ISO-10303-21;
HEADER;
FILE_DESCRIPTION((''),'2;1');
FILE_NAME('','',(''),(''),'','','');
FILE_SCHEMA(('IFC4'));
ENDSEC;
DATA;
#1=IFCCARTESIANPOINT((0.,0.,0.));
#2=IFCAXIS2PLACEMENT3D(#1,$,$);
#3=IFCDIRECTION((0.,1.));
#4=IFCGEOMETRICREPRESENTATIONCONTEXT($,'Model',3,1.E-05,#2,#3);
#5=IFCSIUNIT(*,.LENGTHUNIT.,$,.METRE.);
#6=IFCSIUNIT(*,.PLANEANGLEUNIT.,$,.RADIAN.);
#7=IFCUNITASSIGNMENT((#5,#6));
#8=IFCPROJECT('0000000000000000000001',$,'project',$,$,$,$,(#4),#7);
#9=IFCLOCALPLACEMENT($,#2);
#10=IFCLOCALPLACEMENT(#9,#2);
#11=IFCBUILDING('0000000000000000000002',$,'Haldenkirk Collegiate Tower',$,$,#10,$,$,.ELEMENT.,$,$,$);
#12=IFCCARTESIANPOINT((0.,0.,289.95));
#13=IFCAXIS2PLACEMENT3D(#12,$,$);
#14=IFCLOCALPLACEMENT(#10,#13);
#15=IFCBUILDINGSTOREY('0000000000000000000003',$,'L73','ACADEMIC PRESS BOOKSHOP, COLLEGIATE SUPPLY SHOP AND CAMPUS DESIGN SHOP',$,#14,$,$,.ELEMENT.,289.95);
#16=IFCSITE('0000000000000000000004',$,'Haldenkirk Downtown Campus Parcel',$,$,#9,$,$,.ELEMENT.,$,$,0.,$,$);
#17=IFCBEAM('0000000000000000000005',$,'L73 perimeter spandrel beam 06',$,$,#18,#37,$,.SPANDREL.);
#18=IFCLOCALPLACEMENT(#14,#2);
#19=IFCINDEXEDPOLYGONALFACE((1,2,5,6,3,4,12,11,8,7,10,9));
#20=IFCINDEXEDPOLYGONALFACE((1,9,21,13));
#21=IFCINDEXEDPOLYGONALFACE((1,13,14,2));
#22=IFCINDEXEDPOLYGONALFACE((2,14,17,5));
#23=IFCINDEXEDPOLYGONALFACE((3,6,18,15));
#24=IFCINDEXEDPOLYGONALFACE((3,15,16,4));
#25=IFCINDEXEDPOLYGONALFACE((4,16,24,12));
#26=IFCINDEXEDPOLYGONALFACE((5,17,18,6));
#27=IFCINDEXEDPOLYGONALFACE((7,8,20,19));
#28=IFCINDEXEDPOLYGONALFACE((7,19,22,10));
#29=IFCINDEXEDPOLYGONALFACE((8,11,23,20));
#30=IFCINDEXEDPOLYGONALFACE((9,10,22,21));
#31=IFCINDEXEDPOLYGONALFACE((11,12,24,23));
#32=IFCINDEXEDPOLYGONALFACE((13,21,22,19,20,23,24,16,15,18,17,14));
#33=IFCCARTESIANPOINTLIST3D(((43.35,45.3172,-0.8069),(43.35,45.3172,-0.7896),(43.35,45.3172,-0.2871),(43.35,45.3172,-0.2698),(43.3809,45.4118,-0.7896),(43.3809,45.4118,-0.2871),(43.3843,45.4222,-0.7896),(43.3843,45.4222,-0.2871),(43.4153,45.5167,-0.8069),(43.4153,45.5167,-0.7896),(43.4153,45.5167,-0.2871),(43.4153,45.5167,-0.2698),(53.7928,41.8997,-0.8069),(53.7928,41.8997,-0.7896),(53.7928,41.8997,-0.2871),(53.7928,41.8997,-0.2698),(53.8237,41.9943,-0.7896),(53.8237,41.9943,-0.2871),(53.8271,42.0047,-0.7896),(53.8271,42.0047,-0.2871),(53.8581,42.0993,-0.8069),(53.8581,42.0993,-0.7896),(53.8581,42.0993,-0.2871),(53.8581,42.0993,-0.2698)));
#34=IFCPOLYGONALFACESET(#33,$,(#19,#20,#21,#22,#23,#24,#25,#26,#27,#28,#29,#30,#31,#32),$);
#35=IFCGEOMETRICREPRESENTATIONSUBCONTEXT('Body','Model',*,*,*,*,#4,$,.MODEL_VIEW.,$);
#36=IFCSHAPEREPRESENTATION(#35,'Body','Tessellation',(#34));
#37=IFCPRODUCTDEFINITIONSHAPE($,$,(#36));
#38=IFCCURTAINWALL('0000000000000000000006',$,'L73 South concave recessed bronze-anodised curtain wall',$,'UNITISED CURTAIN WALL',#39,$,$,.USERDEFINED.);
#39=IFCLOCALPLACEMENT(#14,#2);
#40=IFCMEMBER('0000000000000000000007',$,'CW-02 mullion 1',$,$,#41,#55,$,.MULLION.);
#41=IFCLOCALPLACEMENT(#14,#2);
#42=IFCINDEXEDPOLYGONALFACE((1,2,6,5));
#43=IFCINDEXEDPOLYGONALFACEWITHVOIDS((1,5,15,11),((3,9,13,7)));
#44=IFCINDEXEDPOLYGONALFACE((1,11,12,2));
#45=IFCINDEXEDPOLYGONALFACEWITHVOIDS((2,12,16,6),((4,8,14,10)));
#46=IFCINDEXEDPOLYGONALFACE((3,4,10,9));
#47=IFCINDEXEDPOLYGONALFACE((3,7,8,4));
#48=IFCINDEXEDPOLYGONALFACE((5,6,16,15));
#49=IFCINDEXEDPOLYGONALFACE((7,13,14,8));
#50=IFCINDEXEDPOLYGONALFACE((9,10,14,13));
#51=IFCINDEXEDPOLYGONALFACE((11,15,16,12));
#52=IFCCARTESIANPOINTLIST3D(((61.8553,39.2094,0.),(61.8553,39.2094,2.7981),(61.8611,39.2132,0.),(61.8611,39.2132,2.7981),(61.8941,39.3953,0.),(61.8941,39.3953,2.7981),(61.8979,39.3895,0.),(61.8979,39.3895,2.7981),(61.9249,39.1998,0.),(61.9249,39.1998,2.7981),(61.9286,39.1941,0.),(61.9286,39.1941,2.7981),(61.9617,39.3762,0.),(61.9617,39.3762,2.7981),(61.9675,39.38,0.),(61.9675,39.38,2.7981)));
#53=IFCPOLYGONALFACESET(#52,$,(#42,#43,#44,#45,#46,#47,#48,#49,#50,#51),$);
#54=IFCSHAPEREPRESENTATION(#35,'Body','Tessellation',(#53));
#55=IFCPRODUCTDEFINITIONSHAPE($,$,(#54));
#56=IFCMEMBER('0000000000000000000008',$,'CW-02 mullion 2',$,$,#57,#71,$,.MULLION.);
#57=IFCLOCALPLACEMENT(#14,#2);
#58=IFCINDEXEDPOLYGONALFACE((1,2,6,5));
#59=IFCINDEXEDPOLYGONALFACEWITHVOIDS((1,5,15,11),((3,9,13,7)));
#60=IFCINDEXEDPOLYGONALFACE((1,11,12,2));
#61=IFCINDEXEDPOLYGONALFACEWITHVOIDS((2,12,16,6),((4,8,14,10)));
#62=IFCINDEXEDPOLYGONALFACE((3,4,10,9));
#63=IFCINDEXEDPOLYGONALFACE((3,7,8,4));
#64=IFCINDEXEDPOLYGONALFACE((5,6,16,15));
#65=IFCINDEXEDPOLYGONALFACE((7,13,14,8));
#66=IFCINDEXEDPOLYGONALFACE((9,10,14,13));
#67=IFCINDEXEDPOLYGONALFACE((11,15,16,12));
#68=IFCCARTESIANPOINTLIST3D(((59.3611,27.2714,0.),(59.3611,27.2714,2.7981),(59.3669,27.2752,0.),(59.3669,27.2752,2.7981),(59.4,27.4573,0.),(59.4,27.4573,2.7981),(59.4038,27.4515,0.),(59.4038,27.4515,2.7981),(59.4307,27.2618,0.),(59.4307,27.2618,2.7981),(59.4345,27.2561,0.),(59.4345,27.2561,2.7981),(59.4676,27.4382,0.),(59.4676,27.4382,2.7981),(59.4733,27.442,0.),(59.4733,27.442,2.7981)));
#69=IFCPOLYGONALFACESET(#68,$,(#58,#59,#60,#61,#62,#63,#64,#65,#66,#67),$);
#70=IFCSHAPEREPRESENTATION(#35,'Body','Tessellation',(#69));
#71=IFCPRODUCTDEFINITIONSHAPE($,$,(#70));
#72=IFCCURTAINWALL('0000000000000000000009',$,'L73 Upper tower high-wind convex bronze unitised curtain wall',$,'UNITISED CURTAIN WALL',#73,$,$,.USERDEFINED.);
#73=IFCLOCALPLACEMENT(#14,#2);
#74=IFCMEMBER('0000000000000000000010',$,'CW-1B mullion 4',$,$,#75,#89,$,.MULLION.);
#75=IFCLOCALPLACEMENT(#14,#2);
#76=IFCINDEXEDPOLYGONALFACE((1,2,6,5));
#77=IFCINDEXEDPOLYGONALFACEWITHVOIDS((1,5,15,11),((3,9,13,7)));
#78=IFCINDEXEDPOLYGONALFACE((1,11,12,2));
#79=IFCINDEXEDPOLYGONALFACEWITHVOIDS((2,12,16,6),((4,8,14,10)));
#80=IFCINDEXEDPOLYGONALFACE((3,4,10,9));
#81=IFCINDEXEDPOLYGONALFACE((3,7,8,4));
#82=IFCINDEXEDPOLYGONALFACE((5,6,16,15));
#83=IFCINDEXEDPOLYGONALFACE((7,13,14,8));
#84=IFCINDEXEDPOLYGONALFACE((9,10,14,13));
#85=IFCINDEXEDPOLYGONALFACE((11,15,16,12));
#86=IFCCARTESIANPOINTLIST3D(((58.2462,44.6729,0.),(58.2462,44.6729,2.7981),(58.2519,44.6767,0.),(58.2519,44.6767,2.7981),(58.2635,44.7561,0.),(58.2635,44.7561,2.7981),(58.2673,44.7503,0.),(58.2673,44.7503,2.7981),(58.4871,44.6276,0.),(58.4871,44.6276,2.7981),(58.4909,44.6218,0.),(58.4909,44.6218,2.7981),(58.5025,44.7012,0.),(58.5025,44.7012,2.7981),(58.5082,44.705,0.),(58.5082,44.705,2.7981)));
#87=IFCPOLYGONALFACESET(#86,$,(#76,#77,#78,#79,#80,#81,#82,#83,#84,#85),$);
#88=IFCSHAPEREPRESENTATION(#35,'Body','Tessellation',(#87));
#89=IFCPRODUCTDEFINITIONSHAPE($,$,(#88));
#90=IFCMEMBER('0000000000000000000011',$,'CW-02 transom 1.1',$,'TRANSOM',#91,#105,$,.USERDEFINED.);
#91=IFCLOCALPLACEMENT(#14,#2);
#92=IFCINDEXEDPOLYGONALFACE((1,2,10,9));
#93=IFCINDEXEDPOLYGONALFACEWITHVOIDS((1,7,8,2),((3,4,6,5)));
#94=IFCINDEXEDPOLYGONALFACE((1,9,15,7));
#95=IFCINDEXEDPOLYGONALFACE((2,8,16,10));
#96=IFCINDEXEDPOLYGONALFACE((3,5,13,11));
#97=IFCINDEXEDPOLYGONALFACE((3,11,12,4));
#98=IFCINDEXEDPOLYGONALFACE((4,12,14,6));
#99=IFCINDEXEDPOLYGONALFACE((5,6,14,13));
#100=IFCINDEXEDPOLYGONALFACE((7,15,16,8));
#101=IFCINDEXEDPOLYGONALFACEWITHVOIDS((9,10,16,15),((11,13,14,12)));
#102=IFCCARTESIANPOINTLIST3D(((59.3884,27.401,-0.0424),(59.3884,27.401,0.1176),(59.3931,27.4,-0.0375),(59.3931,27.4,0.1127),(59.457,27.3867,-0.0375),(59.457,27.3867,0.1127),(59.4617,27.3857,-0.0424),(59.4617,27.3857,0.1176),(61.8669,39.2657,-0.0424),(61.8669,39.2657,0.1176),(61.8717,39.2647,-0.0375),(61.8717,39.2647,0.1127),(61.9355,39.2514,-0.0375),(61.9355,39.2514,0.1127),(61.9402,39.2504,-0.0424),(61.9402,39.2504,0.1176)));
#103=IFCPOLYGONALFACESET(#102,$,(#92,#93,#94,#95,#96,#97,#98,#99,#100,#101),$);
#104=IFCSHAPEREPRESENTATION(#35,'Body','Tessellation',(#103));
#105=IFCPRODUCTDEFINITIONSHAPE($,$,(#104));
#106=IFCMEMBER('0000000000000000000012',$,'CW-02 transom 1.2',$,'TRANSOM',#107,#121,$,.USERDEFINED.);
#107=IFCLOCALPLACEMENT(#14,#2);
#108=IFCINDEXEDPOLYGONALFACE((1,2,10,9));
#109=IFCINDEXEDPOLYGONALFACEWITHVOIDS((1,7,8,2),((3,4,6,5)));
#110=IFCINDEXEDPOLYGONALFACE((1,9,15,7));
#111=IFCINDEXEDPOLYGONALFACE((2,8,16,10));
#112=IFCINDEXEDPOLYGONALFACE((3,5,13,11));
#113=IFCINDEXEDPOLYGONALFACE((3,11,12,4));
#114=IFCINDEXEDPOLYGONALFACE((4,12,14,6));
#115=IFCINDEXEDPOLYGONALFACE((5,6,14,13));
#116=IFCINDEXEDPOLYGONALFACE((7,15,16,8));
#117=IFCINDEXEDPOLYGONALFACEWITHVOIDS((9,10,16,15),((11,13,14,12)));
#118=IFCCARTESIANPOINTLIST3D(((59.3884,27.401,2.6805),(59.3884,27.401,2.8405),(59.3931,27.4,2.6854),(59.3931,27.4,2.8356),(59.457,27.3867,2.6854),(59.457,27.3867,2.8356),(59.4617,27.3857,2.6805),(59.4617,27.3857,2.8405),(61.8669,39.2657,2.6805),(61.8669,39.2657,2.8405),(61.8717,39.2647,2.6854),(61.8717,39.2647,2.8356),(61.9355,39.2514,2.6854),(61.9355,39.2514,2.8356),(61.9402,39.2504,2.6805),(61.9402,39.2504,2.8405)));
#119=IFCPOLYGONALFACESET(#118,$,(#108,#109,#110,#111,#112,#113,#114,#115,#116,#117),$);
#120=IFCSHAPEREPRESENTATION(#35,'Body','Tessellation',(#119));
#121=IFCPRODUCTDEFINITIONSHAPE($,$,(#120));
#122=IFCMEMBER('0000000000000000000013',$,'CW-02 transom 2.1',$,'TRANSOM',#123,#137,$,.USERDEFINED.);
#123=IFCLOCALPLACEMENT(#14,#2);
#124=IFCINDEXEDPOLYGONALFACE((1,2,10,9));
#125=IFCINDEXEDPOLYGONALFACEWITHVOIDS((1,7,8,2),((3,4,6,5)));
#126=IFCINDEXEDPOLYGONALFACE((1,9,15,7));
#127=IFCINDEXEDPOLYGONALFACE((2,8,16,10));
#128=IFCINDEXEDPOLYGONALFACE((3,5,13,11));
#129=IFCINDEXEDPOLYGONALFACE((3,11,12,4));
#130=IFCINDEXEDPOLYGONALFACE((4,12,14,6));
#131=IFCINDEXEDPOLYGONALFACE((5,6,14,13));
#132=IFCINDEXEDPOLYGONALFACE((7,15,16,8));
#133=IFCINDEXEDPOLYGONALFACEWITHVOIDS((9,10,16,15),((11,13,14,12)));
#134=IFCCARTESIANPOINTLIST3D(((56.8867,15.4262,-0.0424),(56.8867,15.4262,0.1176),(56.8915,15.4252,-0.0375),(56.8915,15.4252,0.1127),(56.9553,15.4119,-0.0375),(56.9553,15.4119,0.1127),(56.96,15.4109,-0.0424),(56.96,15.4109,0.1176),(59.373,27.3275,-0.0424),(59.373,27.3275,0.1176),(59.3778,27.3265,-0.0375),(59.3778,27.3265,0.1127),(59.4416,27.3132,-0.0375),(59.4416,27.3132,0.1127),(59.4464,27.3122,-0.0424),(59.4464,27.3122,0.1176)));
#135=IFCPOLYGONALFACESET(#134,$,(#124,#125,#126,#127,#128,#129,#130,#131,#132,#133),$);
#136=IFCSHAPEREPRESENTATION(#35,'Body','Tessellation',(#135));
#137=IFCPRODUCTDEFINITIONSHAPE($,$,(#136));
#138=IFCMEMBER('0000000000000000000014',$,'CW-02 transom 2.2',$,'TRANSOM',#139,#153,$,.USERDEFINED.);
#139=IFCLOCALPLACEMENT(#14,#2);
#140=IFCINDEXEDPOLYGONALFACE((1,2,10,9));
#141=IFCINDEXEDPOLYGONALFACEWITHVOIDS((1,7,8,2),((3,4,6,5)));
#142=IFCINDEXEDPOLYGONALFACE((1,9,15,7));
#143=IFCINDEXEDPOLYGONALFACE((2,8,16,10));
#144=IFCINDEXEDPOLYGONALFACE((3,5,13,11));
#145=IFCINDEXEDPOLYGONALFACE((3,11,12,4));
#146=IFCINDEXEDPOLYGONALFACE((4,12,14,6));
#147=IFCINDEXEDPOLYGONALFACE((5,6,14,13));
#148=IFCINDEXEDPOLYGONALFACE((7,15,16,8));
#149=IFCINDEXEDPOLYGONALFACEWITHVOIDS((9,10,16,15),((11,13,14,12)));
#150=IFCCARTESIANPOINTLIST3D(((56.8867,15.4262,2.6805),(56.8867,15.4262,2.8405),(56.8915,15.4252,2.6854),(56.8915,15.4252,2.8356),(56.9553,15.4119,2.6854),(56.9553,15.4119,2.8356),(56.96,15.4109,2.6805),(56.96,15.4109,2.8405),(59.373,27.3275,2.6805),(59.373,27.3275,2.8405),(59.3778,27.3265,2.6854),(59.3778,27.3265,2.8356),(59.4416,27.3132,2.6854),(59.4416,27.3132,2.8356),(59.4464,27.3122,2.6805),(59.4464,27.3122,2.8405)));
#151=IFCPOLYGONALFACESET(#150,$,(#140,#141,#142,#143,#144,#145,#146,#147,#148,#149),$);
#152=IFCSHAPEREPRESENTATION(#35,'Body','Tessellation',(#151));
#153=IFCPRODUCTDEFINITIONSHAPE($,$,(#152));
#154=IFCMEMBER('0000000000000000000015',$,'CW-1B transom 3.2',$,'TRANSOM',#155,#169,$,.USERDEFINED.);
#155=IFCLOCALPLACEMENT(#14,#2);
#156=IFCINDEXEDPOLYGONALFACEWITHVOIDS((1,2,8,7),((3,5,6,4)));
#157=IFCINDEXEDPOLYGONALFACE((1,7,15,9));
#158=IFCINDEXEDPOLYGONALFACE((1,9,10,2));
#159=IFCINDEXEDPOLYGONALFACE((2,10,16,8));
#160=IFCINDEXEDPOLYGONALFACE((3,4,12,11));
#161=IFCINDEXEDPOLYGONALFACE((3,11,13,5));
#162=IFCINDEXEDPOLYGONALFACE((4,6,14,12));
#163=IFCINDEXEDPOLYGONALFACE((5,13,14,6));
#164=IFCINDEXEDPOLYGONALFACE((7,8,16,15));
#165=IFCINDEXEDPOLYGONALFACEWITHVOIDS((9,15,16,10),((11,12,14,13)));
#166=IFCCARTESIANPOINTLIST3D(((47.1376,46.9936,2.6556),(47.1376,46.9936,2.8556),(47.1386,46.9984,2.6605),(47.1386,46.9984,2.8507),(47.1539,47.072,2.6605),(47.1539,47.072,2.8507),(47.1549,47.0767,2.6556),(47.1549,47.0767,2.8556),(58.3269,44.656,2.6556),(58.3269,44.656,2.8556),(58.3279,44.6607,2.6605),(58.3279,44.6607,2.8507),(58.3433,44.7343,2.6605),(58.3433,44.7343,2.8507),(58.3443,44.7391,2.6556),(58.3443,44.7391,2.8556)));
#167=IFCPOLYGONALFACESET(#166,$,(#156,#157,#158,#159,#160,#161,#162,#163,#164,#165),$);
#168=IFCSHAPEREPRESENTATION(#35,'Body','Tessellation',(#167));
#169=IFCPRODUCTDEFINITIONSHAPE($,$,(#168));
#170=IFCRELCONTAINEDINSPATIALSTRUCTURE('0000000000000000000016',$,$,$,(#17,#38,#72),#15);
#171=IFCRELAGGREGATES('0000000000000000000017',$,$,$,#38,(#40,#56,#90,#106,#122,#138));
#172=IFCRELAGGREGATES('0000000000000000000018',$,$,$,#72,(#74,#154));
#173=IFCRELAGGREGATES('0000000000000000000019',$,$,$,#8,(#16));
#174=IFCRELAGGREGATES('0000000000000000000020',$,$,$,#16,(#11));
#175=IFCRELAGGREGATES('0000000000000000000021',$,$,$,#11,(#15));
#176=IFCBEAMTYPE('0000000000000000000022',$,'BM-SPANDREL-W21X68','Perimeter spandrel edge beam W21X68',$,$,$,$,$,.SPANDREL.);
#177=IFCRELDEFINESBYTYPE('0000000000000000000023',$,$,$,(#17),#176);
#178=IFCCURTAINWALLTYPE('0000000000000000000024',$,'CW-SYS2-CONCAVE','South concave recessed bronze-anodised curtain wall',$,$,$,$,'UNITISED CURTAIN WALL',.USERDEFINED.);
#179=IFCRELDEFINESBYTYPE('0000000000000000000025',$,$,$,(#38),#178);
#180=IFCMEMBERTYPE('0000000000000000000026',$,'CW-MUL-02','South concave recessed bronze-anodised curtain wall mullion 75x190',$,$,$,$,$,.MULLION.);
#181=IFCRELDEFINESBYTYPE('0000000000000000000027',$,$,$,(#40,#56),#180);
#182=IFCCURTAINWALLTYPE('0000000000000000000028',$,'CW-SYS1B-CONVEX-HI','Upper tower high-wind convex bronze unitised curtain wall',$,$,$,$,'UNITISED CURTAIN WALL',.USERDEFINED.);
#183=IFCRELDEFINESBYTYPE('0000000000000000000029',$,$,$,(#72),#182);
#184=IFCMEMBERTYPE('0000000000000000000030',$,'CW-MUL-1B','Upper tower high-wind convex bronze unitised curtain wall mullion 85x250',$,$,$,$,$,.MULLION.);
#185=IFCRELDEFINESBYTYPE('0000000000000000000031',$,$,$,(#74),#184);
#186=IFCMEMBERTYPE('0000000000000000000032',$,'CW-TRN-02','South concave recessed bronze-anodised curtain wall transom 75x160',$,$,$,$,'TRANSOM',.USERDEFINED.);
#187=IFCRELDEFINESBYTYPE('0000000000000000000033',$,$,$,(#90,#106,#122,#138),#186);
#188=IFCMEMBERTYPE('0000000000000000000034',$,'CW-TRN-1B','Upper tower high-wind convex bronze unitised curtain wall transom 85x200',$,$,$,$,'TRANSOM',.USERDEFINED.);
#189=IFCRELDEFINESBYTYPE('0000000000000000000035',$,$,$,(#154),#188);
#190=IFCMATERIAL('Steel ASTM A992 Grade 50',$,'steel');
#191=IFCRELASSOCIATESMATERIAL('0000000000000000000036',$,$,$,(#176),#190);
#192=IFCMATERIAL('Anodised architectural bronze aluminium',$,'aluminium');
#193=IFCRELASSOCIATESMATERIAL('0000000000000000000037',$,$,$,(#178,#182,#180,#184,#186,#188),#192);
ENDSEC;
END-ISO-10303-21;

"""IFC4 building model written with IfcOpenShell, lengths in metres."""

from ifc_helpers import new_model, si_unit, direction, frame, origin, origin_2d, place, context, subcontext, project, spatial, hollow_rectangle, i_section, extrude, material, material_profile, profile_set, type_object, element, aggregate, save


model = new_model("IFC4")

# Units and contexts
model_context = context("Model", 3, precision=1e-05, world=origin(), true_north=direction((0.0, 1.0)))
body_context = subcontext(model_context, "Body", "Model", "MODEL_VIEW")
ifc_project = project(units=[si_unit("LENGTHUNIT", "METRE"), si_unit("PLANEANGLEUNIT", "RADIAN")], contexts=[model_context])

# Site, building, storey
site_placement = place(None, origin())
site = spatial("IfcSite", under=ifc_project, at=site_placement, Name="Haldenkirk Downtown Campus Parcel", CompositionType="ELEMENT", RefElevation=0.0)
building_placement = place(site_placement, origin())
building = spatial("IfcBuilding", under=site, at=building_placement, Name="Haldenkirk Collegiate Tower", CompositionType="ELEMENT")
storey_placement = place(building_placement, frame((0.0, 0.0, 289.95)))
storey = spatial("IfcBuildingStorey", under=building, at=storey_placement, Name="L73", Description="ACADEMIC PRESS BOOKSHOP, COLLEGIATE SUPPLY SHOP AND CAMPUS DESIGN SHOP", CompositionType="ELEMENT", Elevation=289.95)

# Beam
ifc_material_1 = material(Name="Steel ASTM A992 Grade 50", Category="steel")
ifc_material_profile_1 = material_profile(ifc_material_1, i_section(OverallWidth=0.21, OverallDepth=0.5371, WebThickness=0.011, FlangeThickness=0.0173, at=origin_2d()), Name="W21X68")
ifc_profile_set_1 = profile_set([ifc_material_profile_1], Name="Steel ASTM A992 Grade 50")
beam_type_1 = type_object("IfcBeamType", Name="BM-SPANDREL-W21X68", Description="Perimeter spandrel edge beam W21X68", PredefinedType="SPANDREL", material=ifc_profile_set_1)
beam_1_placement = place(storey_placement, frame((53.8254, 41.9995, -0.5383), z_axis=(-0.950402, 0.311024, 0.0), x_axis=(-0.311024, -0.950402, 0.0)))
element("IfcBeam", 1, at=beam_1_placement, inside=storey, type_object=beam_type_1, Name="L73 perimeter spandrel beam 06", PredefinedType="SPANDREL", context=body_context, shape_type="SweptSolid", body=[
    extrude(i_section(OverallWidth=0.21, OverallDepth=0.5371, WebThickness=0.011, FlangeThickness=0.0173, at=origin_2d()), origin(), (0.0, 0.0, 1.0), 10.9878),
])

# Curtain wall, members
ifc_material_2 = material(Name="Anodised architectural bronze aluminium", Category="aluminium")
curtain_wall_type_1 = type_object("IfcCurtainWallType", Name="CW-SYS2-CONCAVE", Description="South concave recessed bronze-anodised curtain wall", ElementType="UNITISED CURTAIN WALL", PredefinedType="USERDEFINED", material=ifc_material_2)
curtain_wall_1_placement = place(storey_placement, origin())
curtain_wall_1 = element("IfcCurtainWall", 2, at=curtain_wall_1_placement, inside=storey, type_object=curtain_wall_type_1, Name="L73 South concave recessed bronze-anodised curtain wall", ObjectType="UNITISED CURTAIN WALL", PredefinedType="USERDEFINED")
ifc_material_profile_2 = material_profile(ifc_material_2, hollow_rectangle(XDim=0.075, YDim=0.1899, WallThickness=0.0049, at=origin_2d()), Name="CW-MUL-02")
ifc_profile_set_2 = profile_set([ifc_material_profile_2], Name="Anodised architectural bronze aluminium")
member_type_1 = type_object("IfcMemberType", Name="CW-MUL-02", Description="South concave recessed bronze-anodised curtain wall mullion 75x190", PredefinedType="MULLION", material=ifc_profile_set_2)
member_1_placement = place(storey_placement, frame((61.9114, 39.2947, 0.0), z_axis=(0.0, 0.0, 1.0), x_axis=(0.978867, -0.204499, 0.0)))
member_1 = element("IfcMember", 3, at=member_1_placement, type_object=member_type_1, Name="CW-02 mullion 1", PredefinedType="MULLION", context=body_context, shape_type="SweptSolid", body=[
    extrude(hollow_rectangle(XDim=0.075, YDim=0.1899, WallThickness=0.0049, at=origin_2d()), origin(), (0.0, 0.0, 1.0), 2.7981),
])
member_2_placement = place(storey_placement, frame((59.4172, 27.3567, 0.0), z_axis=(0.0, 0.0, 1.0), x_axis=(0.978867, -0.204499, 0.0)))
member_2 = element("IfcMember", 4, at=member_2_placement, type_object=member_type_1, Name="CW-02 mullion 2", PredefinedType="MULLION", context=body_context, shape_type="SweptSolid", body=[
    extrude(hollow_rectangle(XDim=0.075, YDim=0.1899, WallThickness=0.0049, at=origin_2d()), origin(), (0.0, 0.0, 1.0), 2.7981),
])

# Curtain wall, member
curtain_wall_type_2 = type_object("IfcCurtainWallType", Name="CW-SYS1B-CONVEX-HI", Description="Upper tower high-wind convex bronze unitised curtain wall", ElementType="UNITISED CURTAIN WALL", PredefinedType="USERDEFINED", material=ifc_material_2)
curtain_wall_2_placement = place(storey_placement, origin())
curtain_wall_2 = element("IfcCurtainWall", 5, at=curtain_wall_2_placement, inside=storey, type_object=curtain_wall_type_2, Name="L73 Upper tower high-wind convex bronze unitised curtain wall", ObjectType="UNITISED CURTAIN WALL", PredefinedType="USERDEFINED")
ifc_material_profile_3 = material_profile(ifc_material_2, hollow_rectangle(XDim=0.085, YDim=0.25, WallThickness=0.0049, at=origin_2d()), Name="CW-MUL-1B")
ifc_profile_set_3 = profile_set([ifc_material_profile_3], Name="Anodised architectural bronze aluminium")
member_type_2 = type_object("IfcMemberType", Name="CW-MUL-1B", Description="Upper tower high-wind convex bronze unitised curtain wall mullion 85x250", PredefinedType="MULLION", material=ifc_profile_set_3)
member_3_placement = place(storey_placement, frame((58.3772, 44.689, 0.0), z_axis=(0.0, 0.0, 1.0), x_axis=(0.204496, 0.978867, 0.0)))
member_3 = element("IfcMember", 6, at=member_3_placement, type_object=member_type_2, Name="CW-1B mullion 4", PredefinedType="MULLION", context=body_context, shape_type="SweptSolid", body=[
    extrude(hollow_rectangle(XDim=0.085, YDim=0.25, WallThickness=0.0049, at=origin_2d()), origin(), (0.0, 0.0, 1.0), 2.7981),
])

# Members
ifc_material_profile_4 = material_profile(ifc_material_2, hollow_rectangle(XDim=0.075, YDim=0.1599, WallThickness=0.0049, at=origin_2d()), Name="CW-TRN-02")
ifc_profile_set_4 = profile_set([ifc_material_profile_4], Name="Anodised architectural bronze aluminium")
member_type_3 = type_object("IfcMemberType", Name="CW-TRN-02", Description="South concave recessed bronze-anodised curtain wall transom 75x160", ElementType="TRANSOM", PredefinedType="USERDEFINED", material=ifc_profile_set_4)
member_4_placement = place(storey_placement, frame((61.9036, 39.2581, 0.0376), z_axis=(-0.204483, -0.97887, 0.0), x_axis=(0.97887, -0.204483, 0.0)))
member_4 = element("IfcMember", 7, at=member_4_placement, type_object=member_type_3, Name="CW-02 transom 1.1", ObjectType="TRANSOM", PredefinedType="USERDEFINED", context=body_context, shape_type="SweptSolid", body=[
    extrude(hollow_rectangle(XDim=0.075, YDim=0.1599, WallThickness=0.0049, at=origin_2d()), origin(), (0.0, 0.0, 1.0), 12.1208),
])
member_5_placement = place(storey_placement, frame((61.9036, 39.2581, 2.7605), z_axis=(-0.204483, -0.97887, 0.0), x_axis=(0.97887, -0.204483, 0.0)))
member_5 = element("IfcMember", 8, at=member_5_placement, type_object=member_type_3, Name="CW-02 transom 1.2", ObjectType="TRANSOM", PredefinedType="USERDEFINED", context=body_context, shape_type="SweptSolid", body=[
    extrude(hollow_rectangle(XDim=0.075, YDim=0.1599, WallThickness=0.0049, at=origin_2d()), origin(), (0.0, 0.0, 1.0), 12.1208),
])
member_6_placement = place(storey_placement, frame((59.4097, 27.3198, 0.0376), z_axis=(-0.204496, -0.978867, 0.0), x_axis=(0.978867, -0.204496, 0.0)))
member_6 = element("IfcMember", 9, at=member_6_placement, type_object=member_type_3, Name="CW-02 transom 2.1", ObjectType="TRANSOM", PredefinedType="USERDEFINED", context=body_context, shape_type="SweptSolid", body=[
    extrude(hollow_rectangle(XDim=0.075, YDim=0.1599, WallThickness=0.0049, at=origin_2d()), origin(), (0.0, 0.0, 1.0), 12.1582),
])
member_7_placement = place(storey_placement, frame((59.4097, 27.3198, 2.7605), z_axis=(-0.204496, -0.978867, 0.0), x_axis=(0.978867, -0.204496, 0.0)))
member_7 = element("IfcMember", 10, at=member_7_placement, type_object=member_type_3, Name="CW-02 transom 2.2", ObjectType="TRANSOM", PredefinedType="USERDEFINED", context=body_context, shape_type="SweptSolid", body=[
    extrude(hollow_rectangle(XDim=0.075, YDim=0.1599, WallThickness=0.0049, at=origin_2d()), origin(), (0.0, 0.0, 1.0), 12.1582),
])
ifc_material_profile_5 = material_profile(ifc_material_2, hollow_rectangle(XDim=0.085, YDim=0.2, WallThickness=0.0049, at=origin_2d()), Name="CW-TRN-1B")
ifc_profile_set_5 = profile_set([ifc_material_profile_5], Name="Anodised architectural bronze aluminium")
member_type_4 = type_object("IfcMemberType", Name="CW-TRN-1B", Description="Upper tower high-wind convex bronze unitised curtain wall transom 85x200", ElementType="TRANSOM", PredefinedType="USERDEFINED", material=ifc_profile_set_5)
member_8_placement = place(storey_placement, frame((47.1462, 47.0352, 2.7556), z_axis=(0.978867, -0.2045, 0.0), x_axis=(0.2045, 0.978867, 0.0)))
member_8 = element("IfcMember", 11, at=member_8_placement, type_object=member_type_4, Name="CW-1B transom 3.2", ObjectType="TRANSOM", PredefinedType="USERDEFINED", context=body_context, shape_type="SweptSolid", body=[
    extrude(hollow_rectangle(XDim=0.085, YDim=0.2, WallThickness=0.0049, at=origin_2d()), origin(), (0.0, 0.0, 1.0), 11.4309),
])

aggregate(curtain_wall_1, [member_1, member_2, member_4, member_5, member_6, member_7])
aggregate(curtain_wall_2, [member_3, member_8])

save(model, "model.ifc")
